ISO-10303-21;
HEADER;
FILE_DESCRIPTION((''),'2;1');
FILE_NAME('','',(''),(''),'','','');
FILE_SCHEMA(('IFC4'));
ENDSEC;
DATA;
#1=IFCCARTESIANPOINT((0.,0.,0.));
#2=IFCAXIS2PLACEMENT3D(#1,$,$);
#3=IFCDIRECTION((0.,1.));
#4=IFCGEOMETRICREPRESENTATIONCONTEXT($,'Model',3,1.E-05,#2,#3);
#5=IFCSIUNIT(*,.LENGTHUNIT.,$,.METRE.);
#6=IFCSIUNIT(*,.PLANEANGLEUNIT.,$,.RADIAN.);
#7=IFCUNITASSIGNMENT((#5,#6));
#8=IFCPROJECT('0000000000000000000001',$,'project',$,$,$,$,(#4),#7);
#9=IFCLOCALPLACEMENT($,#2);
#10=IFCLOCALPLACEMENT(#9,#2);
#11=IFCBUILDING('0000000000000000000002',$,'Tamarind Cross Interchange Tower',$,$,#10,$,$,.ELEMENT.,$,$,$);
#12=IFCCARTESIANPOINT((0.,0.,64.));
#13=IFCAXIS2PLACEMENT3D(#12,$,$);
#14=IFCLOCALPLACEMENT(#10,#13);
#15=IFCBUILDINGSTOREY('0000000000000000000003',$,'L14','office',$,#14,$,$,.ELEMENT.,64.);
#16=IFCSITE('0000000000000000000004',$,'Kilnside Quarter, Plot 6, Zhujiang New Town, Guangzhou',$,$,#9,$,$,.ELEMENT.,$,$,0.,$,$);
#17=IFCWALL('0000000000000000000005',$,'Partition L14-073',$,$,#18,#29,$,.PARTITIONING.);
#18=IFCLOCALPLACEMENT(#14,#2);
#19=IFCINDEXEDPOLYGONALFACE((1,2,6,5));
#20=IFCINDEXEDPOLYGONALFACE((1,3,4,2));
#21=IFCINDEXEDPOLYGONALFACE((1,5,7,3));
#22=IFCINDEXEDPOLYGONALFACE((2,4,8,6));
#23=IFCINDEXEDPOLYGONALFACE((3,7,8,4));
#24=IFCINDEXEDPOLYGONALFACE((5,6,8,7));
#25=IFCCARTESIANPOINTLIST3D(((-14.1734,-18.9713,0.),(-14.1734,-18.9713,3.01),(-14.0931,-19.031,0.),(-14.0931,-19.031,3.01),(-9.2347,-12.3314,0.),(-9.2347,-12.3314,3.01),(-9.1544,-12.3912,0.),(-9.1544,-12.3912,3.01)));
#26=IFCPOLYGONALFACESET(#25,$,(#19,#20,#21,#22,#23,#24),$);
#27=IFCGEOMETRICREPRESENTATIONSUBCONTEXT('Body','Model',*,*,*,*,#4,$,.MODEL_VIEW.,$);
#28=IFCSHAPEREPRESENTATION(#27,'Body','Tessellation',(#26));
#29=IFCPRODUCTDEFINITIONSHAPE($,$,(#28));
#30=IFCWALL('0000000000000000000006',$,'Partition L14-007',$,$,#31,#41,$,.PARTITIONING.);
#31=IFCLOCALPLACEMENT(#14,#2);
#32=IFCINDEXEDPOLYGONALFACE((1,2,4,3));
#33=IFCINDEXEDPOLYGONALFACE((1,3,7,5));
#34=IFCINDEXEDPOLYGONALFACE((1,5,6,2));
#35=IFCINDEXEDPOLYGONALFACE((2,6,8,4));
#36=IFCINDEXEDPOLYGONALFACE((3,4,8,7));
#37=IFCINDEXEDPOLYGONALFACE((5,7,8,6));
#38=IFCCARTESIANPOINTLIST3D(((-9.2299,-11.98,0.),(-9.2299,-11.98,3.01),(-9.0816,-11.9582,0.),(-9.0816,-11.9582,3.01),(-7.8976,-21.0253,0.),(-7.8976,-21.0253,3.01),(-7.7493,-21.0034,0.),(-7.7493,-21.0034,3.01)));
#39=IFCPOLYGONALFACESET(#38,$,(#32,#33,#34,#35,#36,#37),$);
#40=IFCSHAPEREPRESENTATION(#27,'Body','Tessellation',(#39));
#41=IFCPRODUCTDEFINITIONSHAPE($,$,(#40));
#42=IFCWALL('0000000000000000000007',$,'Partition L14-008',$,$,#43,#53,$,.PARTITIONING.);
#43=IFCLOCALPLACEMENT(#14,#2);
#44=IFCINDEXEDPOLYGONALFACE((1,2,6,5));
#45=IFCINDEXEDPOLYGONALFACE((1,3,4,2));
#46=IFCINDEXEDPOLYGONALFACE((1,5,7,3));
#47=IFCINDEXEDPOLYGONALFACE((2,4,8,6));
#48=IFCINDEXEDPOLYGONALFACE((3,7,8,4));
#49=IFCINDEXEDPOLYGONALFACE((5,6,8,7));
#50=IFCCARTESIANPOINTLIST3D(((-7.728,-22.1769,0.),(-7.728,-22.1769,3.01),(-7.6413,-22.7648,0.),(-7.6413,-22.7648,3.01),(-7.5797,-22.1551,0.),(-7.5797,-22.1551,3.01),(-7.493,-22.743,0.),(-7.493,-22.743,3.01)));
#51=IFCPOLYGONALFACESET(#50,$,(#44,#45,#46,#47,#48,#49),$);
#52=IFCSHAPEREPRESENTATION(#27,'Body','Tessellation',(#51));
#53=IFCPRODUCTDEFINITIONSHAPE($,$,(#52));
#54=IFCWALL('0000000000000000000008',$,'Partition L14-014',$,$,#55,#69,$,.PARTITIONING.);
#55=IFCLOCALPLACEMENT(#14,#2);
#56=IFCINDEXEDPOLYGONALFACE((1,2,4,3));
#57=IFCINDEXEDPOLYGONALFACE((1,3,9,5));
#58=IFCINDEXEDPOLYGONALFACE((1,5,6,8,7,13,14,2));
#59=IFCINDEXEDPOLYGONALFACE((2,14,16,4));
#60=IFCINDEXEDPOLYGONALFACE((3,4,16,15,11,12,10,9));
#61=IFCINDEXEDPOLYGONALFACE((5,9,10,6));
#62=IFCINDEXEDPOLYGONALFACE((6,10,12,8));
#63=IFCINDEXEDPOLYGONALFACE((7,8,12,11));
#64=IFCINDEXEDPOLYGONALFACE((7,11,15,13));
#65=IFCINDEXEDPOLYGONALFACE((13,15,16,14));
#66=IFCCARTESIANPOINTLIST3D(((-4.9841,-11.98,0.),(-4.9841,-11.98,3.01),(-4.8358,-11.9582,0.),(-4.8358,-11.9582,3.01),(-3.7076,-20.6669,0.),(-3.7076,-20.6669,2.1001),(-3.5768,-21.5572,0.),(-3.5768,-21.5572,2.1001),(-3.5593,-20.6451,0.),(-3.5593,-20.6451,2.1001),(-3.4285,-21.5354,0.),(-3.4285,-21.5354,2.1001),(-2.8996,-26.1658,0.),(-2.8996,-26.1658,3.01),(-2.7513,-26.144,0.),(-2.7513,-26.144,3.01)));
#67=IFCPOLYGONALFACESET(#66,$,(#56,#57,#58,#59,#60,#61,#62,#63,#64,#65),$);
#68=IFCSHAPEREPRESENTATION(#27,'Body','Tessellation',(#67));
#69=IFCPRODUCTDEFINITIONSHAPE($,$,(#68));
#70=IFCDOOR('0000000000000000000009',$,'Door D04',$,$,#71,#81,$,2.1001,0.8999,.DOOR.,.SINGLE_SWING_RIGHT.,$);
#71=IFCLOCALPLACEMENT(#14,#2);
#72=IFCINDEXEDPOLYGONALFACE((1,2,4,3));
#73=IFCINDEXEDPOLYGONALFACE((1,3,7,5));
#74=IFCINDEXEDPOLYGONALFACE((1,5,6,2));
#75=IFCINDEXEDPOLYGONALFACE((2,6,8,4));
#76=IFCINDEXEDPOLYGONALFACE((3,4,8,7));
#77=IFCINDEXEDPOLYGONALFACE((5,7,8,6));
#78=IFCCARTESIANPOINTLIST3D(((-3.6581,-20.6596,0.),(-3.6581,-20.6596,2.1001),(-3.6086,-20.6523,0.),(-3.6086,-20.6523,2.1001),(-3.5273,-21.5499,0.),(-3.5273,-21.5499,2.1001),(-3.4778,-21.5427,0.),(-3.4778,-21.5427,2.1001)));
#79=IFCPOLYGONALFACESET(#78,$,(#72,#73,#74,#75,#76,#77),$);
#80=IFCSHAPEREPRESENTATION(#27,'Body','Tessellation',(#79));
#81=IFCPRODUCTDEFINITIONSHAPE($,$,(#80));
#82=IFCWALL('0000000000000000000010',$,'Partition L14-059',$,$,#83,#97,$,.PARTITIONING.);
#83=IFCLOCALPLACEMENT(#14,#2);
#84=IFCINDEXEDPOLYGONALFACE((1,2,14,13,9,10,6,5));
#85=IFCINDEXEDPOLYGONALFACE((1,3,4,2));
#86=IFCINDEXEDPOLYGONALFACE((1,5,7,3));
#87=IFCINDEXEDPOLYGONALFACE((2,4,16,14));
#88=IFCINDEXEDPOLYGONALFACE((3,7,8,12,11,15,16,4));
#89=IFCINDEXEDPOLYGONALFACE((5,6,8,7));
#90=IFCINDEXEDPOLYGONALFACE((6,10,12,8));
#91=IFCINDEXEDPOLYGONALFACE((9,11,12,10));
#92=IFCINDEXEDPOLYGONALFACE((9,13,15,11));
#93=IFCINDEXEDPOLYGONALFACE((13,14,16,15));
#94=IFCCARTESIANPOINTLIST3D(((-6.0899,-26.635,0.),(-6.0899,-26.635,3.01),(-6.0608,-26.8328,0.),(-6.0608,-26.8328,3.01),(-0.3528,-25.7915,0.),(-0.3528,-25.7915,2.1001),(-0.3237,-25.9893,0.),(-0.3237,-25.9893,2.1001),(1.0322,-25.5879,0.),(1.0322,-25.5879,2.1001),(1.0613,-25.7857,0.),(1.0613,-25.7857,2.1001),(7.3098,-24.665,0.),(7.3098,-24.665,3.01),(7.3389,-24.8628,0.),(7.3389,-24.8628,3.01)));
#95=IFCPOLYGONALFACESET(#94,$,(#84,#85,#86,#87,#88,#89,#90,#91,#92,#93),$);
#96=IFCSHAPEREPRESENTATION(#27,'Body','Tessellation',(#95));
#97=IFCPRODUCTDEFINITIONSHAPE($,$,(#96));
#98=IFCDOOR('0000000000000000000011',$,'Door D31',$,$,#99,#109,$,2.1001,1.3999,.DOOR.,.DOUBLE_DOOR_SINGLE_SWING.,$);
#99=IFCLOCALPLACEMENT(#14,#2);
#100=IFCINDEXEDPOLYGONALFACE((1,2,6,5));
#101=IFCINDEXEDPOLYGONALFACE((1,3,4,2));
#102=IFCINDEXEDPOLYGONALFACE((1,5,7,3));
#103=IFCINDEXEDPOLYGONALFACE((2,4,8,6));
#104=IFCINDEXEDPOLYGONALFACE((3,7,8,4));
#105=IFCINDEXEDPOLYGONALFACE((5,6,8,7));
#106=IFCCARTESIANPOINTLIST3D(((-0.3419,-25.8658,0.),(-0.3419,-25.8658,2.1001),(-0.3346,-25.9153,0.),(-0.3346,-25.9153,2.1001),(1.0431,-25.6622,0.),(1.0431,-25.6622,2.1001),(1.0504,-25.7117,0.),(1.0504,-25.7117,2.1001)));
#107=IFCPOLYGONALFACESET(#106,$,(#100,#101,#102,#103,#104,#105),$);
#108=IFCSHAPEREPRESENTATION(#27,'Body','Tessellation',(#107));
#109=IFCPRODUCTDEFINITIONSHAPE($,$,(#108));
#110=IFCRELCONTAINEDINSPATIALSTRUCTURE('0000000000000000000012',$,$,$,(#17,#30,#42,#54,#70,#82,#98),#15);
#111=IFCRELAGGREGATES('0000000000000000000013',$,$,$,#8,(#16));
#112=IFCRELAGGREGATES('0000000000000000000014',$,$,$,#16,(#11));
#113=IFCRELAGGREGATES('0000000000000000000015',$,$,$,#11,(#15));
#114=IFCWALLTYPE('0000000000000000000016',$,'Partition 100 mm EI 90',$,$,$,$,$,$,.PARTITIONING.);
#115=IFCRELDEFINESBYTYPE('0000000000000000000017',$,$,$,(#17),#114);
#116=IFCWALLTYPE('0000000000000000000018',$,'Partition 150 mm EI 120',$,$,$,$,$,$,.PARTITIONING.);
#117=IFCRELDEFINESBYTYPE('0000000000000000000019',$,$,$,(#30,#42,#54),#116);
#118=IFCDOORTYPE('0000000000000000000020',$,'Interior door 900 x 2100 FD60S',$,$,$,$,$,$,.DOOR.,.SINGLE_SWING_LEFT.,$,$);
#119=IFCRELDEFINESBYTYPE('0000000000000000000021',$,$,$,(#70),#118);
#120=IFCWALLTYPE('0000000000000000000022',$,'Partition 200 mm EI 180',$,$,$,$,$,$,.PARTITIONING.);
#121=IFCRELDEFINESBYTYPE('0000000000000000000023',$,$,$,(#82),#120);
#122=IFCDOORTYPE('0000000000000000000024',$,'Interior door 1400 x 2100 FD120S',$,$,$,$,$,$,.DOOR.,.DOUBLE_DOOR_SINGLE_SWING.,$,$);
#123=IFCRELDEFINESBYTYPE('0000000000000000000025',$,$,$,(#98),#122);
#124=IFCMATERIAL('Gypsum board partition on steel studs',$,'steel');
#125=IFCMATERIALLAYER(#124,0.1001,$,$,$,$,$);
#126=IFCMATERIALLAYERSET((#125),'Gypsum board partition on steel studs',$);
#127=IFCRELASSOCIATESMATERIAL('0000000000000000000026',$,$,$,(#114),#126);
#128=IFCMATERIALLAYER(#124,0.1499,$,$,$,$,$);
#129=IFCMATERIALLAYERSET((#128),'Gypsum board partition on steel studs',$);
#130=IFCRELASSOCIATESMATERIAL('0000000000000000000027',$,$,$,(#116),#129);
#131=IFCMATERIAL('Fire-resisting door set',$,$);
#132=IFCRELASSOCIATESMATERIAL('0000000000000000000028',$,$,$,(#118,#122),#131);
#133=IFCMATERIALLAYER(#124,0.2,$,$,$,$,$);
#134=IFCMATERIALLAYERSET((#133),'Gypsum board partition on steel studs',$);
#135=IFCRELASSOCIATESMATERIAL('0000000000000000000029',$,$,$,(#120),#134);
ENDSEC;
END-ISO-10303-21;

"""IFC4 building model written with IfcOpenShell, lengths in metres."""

from ifc_helpers import new_model, si_unit, direction, frame, frame_2d, origin, place, context, subcontext, project, spatial, rectangle, extrude, material, layer, layer_set, type_object, element, fill, save


model = new_model("IFC4")

# Units and contexts
model_context = context("Model", 3, precision=1e-05, world=origin(), true_north=direction((0.0, 1.0)))
body_context = subcontext(model_context, "Body", "Model", "MODEL_VIEW")
ifc_project = project(units=[si_unit("LENGTHUNIT", "METRE"), si_unit("PLANEANGLEUNIT", "RADIAN")], contexts=[model_context])

# Site, building, storey
site_placement = place(None, origin())
site = spatial("IfcSite", under=ifc_project, at=site_placement, Name="Kilnside Quarter, Plot 6, Zhujiang New Town, Guangzhou", CompositionType="ELEMENT", RefElevation=0.0)
building_placement = place(site_placement, origin())
building = spatial("IfcBuilding", under=site, at=building_placement, Name="Tamarind Cross Interchange Tower", CompositionType="ELEMENT")
storey_placement = place(building_placement, frame((0.0, 0.0, 64.0)))
storey = spatial("IfcBuildingStorey", under=building, at=storey_placement, Name="L14", Description="office", CompositionType="ELEMENT", Elevation=64.0)

# Walls
ifc_material_1 = material(Name="Gypsum board partition on steel studs", Category="steel")
ifc_layer_1 = layer(ifc_material_1, 0.1001)
ifc_layer_set_1 = layer_set([ifc_layer_1], Name="Gypsum board partition on steel studs")
wall_type_1 = type_object("IfcWallType", Name="Partition 100 mm EI 90", PredefinedType="PARTITIONING", material=ifc_layer_set_1)
wall_1_placement = place(storey_placement, frame((-14.1333, -19.0012, 0.0), z_axis=(0.0, 0.0, 1.0), x_axis=(0.596809, 0.802383, 0.0)))
element("IfcWall", 1, at=wall_1_placement, inside=storey, type_object=wall_type_1, Name="Partition L14-073", PredefinedType="PARTITIONING", context=body_context, shape_type="SweptSolid", body=[
    extrude(rectangle(XDim=8.2751, YDim=0.1001, at=frame_2d((4.1377, 0.0))), origin(), (0.0, 0.0, 1.0), 3.01),
])
ifc_layer_2 = layer(ifc_material_1, 0.1499)
ifc_layer_set_2 = layer_set([ifc_layer_2], Name="Gypsum board partition on steel studs")
wall_type_2 = type_object("IfcWallType", Name="Partition 150 mm EI 120", PredefinedType="PARTITIONING", material=ifc_layer_set_2)
wall_2_placement = place(storey_placement, frame((-9.1558, -11.9692, 0.0), z_axis=(0.0, 0.0, 1.0), x_axis=(0.145719, -0.989326, 0.0)))
element("IfcWall", 2, at=wall_2_placement, inside=storey, type_object=wall_type_2, Name="Partition L14-007", PredefinedType="PARTITIONING", context=body_context, shape_type="SweptSolid", body=[
    extrude(rectangle(XDim=9.1428, YDim=0.1499, at=frame_2d((4.5713, 0.0))), origin(), (0.0, 0.0, 1.0), 3.01),
])
wall_3_placement = place(storey_placement, frame((-7.6538, -22.166, 0.0), z_axis=(0.0, 0.0, 1.0), x_axis=(0.145849, -0.989307, 0.0)))
element("IfcWall", 3, at=wall_3_placement, inside=storey, type_object=wall_type_2, Name="Partition L14-008", PredefinedType="PARTITIONING", context=body_context, shape_type="SweptSolid", body=[
    extrude(rectangle(XDim=0.5942, YDim=0.1499, at=frame_2d((0.2971, 0.0))), origin(), (0.0, 0.0, 1.0), 3.01),
])

# Walls, openings, doors
wall_4_placement = place(storey_placement, frame((-4.9099, -11.9692, 0.0), z_axis=(0.0, 0.0, 1.0), x_axis=(0.14538, -0.989376, 0.0)))
wall_4 = element("IfcWall", 4, at=wall_4_placement, inside=storey, type_object=wall_type_2, Name="Partition L14-014", PredefinedType="PARTITIONING", context=body_context, shape_type="SweptSolid", body=[
    extrude(rectangle(XDim=14.3381, YDim=0.1499, at=frame_2d((7.1689, 0.0))), origin(), (0.0, 0.0, 1.0), 3.01),
])
opening_1_placement = place(wall_4_placement, frame((8.78, 0.0, 0.0)))
opening_1 = element("IfcOpeningElement", 5, at=opening_1_placement, cuts=wall_4, PredefinedType="OPENING", context=body_context, shape_type="SweptSolid", body=[
    extrude(rectangle(XDim=0.8999, YDim=2.1001, at=frame_2d((0.45, 1.05))), frame((0.0, 0.085, 0.0), z_axis=(0.0, -1.0, 0.0), x_axis=(1.0, 0.0, 0.0)), (0.0, 0.0, 1.0), 0.1699),
])
ifc_material_2 = material(Name="Fire-resisting door set")
door_type_1 = type_object("IfcDoorType", Name="Interior door 900 x 2100 FD60S", OperationType="SINGLE_SWING_LEFT", PredefinedType="DOOR", material=ifc_material_2)
door_1_placement = place(opening_1_placement, frame((0.8999, 0.0, 0.0), z_axis=(0.0, 0.0, 1.0), x_axis=(-1.0, 0.0, 0.0)))
door_1 = element("IfcDoor", 6, at=door_1_placement, inside=storey, type_object=door_type_1, Name="Door D04", OperationType="SINGLE_SWING_RIGHT", OverallHeight=2.1001, OverallWidth=0.8999, PredefinedType="DOOR", context=body_context, shape_type="SweptSolid", body=[
    extrude(rectangle(XDim=0.8999, YDim=2.1001, at=frame_2d((0.45, 1.05))), frame((0.0, 0.0249, 0.0), z_axis=(0.0, -1.0, 0.0), x_axis=(1.0, 0.0, 0.0)), (0.0, 0.0, 1.0), 0.05),
])
fill(opening_1, door_1)
ifc_layer_3 = layer(ifc_material_1, 0.2)
ifc_layer_set_3 = layer_set([ifc_layer_3], Name="Gypsum board partition on steel studs")
wall_type_3 = type_object("IfcWallType", Name="Partition 200 mm EI 180", PredefinedType="PARTITIONING", material=ifc_layer_set_3)
wall_5_placement = place(storey_placement, frame((-6.0754, -26.7339, 0.0), z_axis=(0.0, 0.0, 1.0), x_axis=(0.989365, 0.145453, 0.0)))
wall_5 = element("IfcWall", 7, at=wall_5_placement, inside=storey, type_object=wall_type_3, Name="Partition L14-059", PredefinedType="PARTITIONING", context=body_context, shape_type="SweptSolid", body=[
    extrude(rectangle(XDim=13.5437, YDim=0.2, at=frame_2d((6.772, 0.0))), origin(), (0.0, 0.0, 1.0), 3.01),
])
opening_2_placement = place(wall_5_placement, frame((5.7988, 0.0, 0.0)))
opening_2 = element("IfcOpeningElement", 8, at=opening_2_placement, cuts=wall_5, PredefinedType="OPENING", context=body_context, shape_type="SweptSolid", body=[
    extrude(rectangle(XDim=1.3999, YDim=2.1001, at=frame_2d((0.7, 1.05))), frame((0.0, 0.1099, 0.0), z_axis=(0.0, -1.0, 0.0), x_axis=(1.0, 0.0, 0.0)), (0.0, 0.0, 1.0), 0.22),
])
door_type_2 = type_object("IfcDoorType", Name="Interior door 1400 x 2100 FD120S", OperationType="DOUBLE_DOOR_SINGLE_SWING", PredefinedType="DOOR", material=ifc_material_2)
door_2_placement = place(opening_2_placement, origin())
door_2 = element("IfcDoor", 9, at=door_2_placement, inside=storey, type_object=door_type_2, Name="Door D31", OperationType="DOUBLE_DOOR_SINGLE_SWING", OverallHeight=2.1001, OverallWidth=1.3999, PredefinedType="DOOR", context=body_context, shape_type="SweptSolid", body=[
    extrude(rectangle(XDim=1.3999, YDim=2.1001, at=frame_2d((0.7, 1.05))), frame((0.0, 0.0249, 0.0), z_axis=(0.0, -1.0, 0.0), x_axis=(1.0, 0.0, 0.0)), (0.0, 0.0, 1.0), 0.05),
])
fill(opening_2, door_2)

save(model, "model.ifc")
